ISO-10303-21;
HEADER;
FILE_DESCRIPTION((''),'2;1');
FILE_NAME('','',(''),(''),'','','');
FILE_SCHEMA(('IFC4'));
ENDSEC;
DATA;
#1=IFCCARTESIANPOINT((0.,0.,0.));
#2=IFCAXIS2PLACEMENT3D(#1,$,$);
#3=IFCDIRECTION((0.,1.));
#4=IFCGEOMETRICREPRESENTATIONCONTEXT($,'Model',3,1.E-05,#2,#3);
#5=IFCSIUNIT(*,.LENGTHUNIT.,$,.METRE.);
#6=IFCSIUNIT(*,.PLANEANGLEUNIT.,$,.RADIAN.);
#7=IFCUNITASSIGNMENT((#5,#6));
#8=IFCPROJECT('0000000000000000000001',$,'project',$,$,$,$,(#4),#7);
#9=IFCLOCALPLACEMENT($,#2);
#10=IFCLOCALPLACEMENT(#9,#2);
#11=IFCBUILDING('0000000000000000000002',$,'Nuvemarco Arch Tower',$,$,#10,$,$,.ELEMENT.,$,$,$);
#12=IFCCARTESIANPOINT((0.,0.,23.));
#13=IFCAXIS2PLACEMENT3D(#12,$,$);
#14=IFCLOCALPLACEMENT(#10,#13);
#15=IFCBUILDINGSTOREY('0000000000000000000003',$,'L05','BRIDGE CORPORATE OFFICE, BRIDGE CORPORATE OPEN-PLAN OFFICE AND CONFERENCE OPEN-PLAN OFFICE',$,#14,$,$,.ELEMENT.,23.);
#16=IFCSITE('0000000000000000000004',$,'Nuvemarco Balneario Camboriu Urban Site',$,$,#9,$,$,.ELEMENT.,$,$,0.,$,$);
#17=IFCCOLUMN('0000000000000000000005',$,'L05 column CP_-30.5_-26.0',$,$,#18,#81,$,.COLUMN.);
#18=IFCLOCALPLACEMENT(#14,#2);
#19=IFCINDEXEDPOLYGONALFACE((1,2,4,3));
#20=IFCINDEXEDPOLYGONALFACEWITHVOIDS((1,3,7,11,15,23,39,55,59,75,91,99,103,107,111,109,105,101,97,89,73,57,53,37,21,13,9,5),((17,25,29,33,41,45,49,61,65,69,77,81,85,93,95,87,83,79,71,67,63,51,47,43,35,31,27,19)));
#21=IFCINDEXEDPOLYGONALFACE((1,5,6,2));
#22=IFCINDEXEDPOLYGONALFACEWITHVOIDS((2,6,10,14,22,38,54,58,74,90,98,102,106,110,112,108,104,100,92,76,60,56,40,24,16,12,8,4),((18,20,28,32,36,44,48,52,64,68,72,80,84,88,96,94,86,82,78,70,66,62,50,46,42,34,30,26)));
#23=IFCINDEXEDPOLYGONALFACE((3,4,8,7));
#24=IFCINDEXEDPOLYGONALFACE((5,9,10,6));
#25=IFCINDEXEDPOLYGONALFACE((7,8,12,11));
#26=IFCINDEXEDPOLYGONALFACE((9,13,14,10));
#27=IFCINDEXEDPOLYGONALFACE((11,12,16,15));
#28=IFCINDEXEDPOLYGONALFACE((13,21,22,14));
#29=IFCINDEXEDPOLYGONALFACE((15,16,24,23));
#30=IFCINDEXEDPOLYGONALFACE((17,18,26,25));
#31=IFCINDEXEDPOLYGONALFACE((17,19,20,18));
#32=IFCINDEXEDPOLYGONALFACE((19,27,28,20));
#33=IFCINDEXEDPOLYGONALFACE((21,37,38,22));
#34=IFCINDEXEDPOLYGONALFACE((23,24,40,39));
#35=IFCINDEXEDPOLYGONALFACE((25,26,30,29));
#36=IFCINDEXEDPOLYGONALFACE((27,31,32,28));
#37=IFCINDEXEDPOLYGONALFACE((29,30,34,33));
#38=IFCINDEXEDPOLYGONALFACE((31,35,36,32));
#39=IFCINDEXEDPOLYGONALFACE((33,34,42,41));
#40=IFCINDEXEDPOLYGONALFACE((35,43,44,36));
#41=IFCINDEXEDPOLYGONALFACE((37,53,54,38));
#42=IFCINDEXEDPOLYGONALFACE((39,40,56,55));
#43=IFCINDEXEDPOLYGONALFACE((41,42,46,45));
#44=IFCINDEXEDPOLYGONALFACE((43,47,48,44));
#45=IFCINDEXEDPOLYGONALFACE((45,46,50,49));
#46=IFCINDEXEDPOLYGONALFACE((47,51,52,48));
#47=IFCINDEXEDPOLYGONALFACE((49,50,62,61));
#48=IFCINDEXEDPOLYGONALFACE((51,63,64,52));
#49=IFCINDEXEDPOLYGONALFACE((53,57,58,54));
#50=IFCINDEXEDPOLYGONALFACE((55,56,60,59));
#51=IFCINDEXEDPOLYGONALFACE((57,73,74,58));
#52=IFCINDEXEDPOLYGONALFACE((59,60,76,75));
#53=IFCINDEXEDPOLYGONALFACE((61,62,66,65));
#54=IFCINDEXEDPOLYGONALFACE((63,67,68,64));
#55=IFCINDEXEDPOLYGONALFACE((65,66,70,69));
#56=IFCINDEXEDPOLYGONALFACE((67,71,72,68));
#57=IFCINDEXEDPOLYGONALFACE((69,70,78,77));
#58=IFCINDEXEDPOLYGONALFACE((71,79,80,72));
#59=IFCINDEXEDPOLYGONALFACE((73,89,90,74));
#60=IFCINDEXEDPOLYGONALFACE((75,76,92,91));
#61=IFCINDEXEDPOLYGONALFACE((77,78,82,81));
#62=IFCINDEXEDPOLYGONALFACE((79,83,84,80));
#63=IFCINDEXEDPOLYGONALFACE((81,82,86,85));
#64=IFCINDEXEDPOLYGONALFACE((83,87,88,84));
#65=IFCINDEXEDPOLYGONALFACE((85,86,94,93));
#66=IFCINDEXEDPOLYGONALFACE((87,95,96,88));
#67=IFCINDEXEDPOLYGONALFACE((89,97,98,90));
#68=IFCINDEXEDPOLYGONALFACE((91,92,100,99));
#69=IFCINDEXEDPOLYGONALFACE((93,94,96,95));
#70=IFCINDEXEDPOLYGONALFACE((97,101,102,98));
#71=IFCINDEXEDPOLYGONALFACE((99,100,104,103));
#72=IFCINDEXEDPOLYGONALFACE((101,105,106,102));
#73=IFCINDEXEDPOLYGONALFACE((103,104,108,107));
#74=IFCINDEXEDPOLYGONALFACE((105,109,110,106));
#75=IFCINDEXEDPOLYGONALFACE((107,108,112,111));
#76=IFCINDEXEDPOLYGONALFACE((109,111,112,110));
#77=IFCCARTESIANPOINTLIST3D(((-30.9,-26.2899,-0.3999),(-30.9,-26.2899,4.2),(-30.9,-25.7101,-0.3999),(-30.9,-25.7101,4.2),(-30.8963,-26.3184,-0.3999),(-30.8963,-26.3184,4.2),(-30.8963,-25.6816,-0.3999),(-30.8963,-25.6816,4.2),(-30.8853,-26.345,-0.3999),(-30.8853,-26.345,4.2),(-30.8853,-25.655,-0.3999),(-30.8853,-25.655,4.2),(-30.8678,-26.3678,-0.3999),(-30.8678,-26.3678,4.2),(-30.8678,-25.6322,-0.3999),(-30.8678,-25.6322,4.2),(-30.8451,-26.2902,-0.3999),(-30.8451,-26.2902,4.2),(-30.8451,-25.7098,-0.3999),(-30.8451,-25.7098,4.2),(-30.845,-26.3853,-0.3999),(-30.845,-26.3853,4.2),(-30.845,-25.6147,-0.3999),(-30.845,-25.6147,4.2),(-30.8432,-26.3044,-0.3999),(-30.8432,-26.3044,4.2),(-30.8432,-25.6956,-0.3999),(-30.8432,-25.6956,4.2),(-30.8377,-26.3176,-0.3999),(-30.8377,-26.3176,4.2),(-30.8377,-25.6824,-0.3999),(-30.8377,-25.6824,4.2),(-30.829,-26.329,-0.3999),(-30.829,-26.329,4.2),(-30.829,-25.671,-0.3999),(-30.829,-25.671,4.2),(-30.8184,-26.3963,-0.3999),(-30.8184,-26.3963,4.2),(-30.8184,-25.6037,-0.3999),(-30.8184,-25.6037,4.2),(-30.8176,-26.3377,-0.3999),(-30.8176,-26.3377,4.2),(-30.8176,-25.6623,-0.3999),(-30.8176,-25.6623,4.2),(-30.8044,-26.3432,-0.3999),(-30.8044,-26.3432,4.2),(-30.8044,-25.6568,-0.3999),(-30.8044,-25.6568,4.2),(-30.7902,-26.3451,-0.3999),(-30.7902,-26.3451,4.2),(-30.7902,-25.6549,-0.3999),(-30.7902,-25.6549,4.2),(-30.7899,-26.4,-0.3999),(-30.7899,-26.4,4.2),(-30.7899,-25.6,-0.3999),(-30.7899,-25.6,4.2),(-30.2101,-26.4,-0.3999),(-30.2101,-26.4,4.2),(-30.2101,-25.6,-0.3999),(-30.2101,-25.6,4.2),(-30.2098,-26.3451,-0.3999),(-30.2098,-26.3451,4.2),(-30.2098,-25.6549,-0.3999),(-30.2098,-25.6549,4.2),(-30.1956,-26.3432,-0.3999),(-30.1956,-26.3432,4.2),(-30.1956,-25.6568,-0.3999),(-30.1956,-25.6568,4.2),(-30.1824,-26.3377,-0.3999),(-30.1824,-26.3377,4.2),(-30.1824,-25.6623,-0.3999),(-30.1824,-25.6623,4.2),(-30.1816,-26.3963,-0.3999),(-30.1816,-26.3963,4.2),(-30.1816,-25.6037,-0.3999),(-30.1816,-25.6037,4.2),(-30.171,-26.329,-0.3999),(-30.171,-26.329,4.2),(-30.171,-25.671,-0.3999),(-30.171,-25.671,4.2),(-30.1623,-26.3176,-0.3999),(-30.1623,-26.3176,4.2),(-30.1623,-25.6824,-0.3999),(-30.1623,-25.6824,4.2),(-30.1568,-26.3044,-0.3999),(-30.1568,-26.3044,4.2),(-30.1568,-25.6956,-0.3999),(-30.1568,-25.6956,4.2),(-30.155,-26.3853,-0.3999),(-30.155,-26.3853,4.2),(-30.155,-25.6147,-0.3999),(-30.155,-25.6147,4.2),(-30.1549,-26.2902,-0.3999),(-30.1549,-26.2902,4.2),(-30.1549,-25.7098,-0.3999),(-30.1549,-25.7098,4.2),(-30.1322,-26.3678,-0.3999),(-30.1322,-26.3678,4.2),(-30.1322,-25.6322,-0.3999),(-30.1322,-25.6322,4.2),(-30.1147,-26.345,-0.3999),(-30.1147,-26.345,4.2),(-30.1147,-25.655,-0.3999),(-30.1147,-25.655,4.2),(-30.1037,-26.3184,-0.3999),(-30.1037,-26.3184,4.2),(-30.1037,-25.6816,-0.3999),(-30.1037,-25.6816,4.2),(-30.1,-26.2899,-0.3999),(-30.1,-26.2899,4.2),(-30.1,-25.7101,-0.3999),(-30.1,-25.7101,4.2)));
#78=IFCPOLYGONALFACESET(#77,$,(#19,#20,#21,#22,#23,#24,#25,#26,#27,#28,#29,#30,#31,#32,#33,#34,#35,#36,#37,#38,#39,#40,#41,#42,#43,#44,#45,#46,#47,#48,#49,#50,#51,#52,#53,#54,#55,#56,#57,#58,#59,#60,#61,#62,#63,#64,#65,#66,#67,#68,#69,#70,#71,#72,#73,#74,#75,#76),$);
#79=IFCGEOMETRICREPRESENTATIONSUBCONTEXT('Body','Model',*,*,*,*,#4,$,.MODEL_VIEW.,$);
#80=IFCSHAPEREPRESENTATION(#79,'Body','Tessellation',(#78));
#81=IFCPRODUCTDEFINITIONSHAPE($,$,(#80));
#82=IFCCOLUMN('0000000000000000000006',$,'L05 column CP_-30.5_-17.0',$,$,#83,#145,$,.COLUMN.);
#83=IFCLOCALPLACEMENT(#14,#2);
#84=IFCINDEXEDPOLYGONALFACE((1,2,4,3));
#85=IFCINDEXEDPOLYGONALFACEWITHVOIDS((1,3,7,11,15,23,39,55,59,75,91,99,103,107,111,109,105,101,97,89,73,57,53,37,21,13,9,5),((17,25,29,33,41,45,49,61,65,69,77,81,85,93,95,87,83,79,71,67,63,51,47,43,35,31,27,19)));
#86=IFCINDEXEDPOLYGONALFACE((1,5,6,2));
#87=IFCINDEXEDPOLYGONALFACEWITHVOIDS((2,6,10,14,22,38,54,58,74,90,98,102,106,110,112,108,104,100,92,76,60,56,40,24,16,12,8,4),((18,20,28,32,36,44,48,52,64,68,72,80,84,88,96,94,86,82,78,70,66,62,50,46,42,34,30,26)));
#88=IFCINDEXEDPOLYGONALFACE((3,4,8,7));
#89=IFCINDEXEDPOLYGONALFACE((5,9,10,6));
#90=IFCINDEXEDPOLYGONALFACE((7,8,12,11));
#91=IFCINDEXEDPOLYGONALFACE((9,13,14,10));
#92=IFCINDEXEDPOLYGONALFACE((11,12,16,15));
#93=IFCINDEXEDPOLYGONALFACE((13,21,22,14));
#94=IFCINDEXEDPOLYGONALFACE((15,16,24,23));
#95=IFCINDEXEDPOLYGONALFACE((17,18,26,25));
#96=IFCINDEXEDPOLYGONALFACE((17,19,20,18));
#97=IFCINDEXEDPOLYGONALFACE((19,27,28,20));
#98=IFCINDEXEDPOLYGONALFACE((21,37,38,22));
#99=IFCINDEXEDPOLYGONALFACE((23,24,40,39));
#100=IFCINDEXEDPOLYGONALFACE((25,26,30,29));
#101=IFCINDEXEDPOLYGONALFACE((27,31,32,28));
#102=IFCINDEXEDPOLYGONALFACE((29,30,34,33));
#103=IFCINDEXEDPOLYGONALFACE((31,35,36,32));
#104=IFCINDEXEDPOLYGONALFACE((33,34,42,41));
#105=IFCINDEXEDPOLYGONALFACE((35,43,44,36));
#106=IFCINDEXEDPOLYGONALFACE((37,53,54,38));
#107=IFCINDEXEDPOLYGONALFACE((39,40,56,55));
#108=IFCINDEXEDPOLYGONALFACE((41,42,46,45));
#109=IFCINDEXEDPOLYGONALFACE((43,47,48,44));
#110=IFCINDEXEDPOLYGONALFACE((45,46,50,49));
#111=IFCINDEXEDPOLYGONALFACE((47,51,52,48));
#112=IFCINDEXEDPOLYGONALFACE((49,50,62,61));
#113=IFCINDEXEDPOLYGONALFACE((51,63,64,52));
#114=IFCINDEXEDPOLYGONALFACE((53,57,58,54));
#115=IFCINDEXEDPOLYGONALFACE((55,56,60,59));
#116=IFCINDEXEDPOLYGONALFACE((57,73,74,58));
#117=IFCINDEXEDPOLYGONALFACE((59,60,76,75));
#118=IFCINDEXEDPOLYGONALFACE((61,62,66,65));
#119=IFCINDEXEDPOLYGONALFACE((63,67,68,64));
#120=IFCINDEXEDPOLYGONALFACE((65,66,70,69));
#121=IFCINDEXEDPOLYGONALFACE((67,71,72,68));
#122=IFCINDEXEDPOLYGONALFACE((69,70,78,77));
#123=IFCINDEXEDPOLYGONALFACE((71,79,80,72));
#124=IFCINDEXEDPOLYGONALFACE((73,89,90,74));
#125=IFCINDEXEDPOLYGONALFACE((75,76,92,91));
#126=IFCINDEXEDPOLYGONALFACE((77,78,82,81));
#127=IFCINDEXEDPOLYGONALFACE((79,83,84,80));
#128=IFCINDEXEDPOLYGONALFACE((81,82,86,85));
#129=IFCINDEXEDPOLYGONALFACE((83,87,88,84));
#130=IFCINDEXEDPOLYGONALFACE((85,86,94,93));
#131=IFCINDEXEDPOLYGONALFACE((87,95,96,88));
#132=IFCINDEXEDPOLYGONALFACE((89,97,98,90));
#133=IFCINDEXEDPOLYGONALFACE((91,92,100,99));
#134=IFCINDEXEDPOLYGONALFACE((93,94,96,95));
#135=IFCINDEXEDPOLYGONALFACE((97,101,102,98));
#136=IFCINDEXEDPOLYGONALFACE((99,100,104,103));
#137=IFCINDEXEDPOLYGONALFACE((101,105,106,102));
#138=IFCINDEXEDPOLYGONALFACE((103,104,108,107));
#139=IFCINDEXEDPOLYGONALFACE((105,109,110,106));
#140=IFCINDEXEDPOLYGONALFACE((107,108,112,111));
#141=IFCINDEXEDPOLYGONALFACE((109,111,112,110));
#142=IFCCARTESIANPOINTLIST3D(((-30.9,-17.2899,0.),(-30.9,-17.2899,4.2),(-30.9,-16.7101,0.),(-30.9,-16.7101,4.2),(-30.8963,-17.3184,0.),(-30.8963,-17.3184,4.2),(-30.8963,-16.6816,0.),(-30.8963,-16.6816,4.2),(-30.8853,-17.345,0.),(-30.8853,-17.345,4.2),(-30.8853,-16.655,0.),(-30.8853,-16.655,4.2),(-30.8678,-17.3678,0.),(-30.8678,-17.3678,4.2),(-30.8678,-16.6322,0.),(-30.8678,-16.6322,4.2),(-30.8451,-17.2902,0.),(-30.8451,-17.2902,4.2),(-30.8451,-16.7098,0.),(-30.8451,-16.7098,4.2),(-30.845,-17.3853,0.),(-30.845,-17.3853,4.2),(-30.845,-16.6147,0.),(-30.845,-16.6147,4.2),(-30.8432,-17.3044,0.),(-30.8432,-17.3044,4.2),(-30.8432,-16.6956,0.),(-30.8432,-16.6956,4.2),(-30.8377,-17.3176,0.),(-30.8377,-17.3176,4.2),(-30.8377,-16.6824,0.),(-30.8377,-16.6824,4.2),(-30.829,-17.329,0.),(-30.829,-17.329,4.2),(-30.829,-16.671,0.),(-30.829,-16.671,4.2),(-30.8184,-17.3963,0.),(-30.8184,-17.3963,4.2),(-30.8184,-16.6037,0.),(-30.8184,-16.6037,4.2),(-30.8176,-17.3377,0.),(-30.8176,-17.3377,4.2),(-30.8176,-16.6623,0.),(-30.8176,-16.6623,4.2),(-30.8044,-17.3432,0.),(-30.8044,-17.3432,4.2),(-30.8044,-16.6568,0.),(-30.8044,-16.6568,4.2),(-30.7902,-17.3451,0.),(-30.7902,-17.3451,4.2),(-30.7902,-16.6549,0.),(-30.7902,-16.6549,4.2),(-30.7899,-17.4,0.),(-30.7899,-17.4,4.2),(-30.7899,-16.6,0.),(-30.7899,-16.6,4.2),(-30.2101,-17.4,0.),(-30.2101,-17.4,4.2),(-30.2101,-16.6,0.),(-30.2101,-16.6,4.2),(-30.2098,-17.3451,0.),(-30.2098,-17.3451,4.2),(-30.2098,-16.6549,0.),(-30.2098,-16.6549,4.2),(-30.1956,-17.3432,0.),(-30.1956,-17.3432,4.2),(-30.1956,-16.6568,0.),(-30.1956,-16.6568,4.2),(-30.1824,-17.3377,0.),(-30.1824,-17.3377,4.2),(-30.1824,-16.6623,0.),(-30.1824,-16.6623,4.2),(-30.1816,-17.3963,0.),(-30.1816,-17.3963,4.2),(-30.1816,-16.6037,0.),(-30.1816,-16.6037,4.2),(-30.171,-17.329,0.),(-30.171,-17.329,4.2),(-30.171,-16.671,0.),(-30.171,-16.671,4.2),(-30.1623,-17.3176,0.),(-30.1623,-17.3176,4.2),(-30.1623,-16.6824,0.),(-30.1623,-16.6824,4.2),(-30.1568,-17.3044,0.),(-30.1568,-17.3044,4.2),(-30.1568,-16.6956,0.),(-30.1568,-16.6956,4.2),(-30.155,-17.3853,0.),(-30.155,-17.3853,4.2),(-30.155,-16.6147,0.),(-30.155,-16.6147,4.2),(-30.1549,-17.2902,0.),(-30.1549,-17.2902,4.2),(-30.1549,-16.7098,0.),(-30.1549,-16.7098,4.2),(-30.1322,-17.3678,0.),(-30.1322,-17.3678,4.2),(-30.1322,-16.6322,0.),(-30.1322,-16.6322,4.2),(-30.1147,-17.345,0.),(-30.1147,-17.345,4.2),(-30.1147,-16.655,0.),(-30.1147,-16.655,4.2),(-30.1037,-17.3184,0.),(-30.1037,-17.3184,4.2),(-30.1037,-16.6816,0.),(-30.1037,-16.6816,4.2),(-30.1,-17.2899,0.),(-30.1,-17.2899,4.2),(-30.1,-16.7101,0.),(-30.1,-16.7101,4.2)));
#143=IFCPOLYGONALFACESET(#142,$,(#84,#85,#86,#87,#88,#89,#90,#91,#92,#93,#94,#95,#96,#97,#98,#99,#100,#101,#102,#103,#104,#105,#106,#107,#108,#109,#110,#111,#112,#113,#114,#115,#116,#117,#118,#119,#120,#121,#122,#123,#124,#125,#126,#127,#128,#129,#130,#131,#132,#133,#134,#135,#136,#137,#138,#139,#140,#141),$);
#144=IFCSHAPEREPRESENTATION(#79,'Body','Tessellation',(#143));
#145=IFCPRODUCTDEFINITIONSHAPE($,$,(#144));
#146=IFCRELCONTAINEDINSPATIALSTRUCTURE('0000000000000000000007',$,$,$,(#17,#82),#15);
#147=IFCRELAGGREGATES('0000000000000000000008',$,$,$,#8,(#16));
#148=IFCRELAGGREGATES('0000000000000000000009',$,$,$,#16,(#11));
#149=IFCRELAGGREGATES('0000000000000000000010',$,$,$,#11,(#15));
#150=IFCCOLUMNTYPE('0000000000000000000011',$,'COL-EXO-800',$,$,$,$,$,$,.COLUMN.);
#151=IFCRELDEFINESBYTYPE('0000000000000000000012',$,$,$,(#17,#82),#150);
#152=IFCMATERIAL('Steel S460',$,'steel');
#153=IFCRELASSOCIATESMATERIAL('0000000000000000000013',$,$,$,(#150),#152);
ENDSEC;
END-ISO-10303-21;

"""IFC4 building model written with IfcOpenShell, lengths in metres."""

from ifc_helpers import new_model, si_unit, direction, frame, origin, origin_2d, place, context, subcontext, project, spatial, hollow_rectangle, extrude, material, material_profile, profile_set, type_object, element, save


model = new_model("IFC4")

# Units and contexts
model_context = context("Model", 3, precision=1e-05, world=origin(), true_north=direction((0.0, 1.0)))
body_context = subcontext(model_context, "Body", "Model", "MODEL_VIEW")
ifc_project = project(units=[si_unit("LENGTHUNIT", "METRE"), si_unit("PLANEANGLEUNIT", "RADIAN")], contexts=[model_context])

# Site, building, storey
site_placement = place(None, origin())
site = spatial("IfcSite", under=ifc_project, at=site_placement, Name="Nuvemarco Balneario Camboriu Urban Site", CompositionType="ELEMENT", RefElevation=0.0)
building_placement = place(site_placement, origin())
building = spatial("IfcBuilding", under=site, at=building_placement, Name="Nuvemarco Arch Tower", CompositionType="ELEMENT")
storey_placement = place(building_placement, frame((0.0, 0.0, 23.0)))
storey = spatial("IfcBuildingStorey", under=building, at=storey_placement, Name="L05", Description="BRIDGE CORPORATE OFFICE, BRIDGE CORPORATE OPEN-PLAN OFFICE AND CONFERENCE OPEN-PLAN OFFICE", CompositionType="ELEMENT", Elevation=23.0)

# Columns
ifc_material_1 = material(Name="Steel S460", Category="steel")
ifc_material_profile_1 = material_profile(ifc_material_1, hollow_rectangle(XDim=0.8, YDim=0.8, WallThickness=0.0549, InnerFilletRadius=0.0549, OuterFilletRadius=0.1101, at=origin_2d()), Name="SHS800x800x55")
ifc_profile_set_1 = profile_set([ifc_material_profile_1], Name="Steel S460")
column_type = type_object("IfcColumnType", Name="COL-EXO-800", PredefinedType="COLUMN", material=ifc_profile_set_1)
column_placement = place(storey_placement, frame((-30.5, -26.0, -0.3999), z_axis=(0.0, 0.0, 1.0), x_axis=(1.0, 0.0, 0.0)))
element("IfcColumn", 1, at=column_placement, inside=storey, type_object=column_type, Name="L05 column CP_-30.5_-26.0", PredefinedType="COLUMN", context=body_context, shape_type="SweptSolid", body=[
    extrude(hollow_rectangle(XDim=0.8, YDim=0.8, WallThickness=0.0549, InnerFilletRadius=0.0549, OuterFilletRadius=0.1101, at=origin_2d()), origin(), (0.0, 0.0, 1.0), 4.5999),
])
for number, where, z_axis, x_axis, name in (
    (2, (-30.5, -17.0, 0.0), (0.0, 0.0, 1.0), (1.0, 0.0, 0.0), "L05 column CP_-30.5_-17.0"),
):
    element("IfcColumn", number, at=place(storey_placement, frame(where, z_axis=z_axis, x_axis=x_axis)), inside=storey, type_object=column_type, Name=name, PredefinedType="COLUMN", context=body_context, shape_type="SweptSolid", body=[
        extrude(hollow_rectangle(XDim=0.8, YDim=0.8, WallThickness=0.0549, InnerFilletRadius=0.0549, OuterFilletRadius=0.1101, at=origin_2d()), origin(), (0.0, 0.0, 1.0), 4.2),
    ])

save(model, "model.ifc")
